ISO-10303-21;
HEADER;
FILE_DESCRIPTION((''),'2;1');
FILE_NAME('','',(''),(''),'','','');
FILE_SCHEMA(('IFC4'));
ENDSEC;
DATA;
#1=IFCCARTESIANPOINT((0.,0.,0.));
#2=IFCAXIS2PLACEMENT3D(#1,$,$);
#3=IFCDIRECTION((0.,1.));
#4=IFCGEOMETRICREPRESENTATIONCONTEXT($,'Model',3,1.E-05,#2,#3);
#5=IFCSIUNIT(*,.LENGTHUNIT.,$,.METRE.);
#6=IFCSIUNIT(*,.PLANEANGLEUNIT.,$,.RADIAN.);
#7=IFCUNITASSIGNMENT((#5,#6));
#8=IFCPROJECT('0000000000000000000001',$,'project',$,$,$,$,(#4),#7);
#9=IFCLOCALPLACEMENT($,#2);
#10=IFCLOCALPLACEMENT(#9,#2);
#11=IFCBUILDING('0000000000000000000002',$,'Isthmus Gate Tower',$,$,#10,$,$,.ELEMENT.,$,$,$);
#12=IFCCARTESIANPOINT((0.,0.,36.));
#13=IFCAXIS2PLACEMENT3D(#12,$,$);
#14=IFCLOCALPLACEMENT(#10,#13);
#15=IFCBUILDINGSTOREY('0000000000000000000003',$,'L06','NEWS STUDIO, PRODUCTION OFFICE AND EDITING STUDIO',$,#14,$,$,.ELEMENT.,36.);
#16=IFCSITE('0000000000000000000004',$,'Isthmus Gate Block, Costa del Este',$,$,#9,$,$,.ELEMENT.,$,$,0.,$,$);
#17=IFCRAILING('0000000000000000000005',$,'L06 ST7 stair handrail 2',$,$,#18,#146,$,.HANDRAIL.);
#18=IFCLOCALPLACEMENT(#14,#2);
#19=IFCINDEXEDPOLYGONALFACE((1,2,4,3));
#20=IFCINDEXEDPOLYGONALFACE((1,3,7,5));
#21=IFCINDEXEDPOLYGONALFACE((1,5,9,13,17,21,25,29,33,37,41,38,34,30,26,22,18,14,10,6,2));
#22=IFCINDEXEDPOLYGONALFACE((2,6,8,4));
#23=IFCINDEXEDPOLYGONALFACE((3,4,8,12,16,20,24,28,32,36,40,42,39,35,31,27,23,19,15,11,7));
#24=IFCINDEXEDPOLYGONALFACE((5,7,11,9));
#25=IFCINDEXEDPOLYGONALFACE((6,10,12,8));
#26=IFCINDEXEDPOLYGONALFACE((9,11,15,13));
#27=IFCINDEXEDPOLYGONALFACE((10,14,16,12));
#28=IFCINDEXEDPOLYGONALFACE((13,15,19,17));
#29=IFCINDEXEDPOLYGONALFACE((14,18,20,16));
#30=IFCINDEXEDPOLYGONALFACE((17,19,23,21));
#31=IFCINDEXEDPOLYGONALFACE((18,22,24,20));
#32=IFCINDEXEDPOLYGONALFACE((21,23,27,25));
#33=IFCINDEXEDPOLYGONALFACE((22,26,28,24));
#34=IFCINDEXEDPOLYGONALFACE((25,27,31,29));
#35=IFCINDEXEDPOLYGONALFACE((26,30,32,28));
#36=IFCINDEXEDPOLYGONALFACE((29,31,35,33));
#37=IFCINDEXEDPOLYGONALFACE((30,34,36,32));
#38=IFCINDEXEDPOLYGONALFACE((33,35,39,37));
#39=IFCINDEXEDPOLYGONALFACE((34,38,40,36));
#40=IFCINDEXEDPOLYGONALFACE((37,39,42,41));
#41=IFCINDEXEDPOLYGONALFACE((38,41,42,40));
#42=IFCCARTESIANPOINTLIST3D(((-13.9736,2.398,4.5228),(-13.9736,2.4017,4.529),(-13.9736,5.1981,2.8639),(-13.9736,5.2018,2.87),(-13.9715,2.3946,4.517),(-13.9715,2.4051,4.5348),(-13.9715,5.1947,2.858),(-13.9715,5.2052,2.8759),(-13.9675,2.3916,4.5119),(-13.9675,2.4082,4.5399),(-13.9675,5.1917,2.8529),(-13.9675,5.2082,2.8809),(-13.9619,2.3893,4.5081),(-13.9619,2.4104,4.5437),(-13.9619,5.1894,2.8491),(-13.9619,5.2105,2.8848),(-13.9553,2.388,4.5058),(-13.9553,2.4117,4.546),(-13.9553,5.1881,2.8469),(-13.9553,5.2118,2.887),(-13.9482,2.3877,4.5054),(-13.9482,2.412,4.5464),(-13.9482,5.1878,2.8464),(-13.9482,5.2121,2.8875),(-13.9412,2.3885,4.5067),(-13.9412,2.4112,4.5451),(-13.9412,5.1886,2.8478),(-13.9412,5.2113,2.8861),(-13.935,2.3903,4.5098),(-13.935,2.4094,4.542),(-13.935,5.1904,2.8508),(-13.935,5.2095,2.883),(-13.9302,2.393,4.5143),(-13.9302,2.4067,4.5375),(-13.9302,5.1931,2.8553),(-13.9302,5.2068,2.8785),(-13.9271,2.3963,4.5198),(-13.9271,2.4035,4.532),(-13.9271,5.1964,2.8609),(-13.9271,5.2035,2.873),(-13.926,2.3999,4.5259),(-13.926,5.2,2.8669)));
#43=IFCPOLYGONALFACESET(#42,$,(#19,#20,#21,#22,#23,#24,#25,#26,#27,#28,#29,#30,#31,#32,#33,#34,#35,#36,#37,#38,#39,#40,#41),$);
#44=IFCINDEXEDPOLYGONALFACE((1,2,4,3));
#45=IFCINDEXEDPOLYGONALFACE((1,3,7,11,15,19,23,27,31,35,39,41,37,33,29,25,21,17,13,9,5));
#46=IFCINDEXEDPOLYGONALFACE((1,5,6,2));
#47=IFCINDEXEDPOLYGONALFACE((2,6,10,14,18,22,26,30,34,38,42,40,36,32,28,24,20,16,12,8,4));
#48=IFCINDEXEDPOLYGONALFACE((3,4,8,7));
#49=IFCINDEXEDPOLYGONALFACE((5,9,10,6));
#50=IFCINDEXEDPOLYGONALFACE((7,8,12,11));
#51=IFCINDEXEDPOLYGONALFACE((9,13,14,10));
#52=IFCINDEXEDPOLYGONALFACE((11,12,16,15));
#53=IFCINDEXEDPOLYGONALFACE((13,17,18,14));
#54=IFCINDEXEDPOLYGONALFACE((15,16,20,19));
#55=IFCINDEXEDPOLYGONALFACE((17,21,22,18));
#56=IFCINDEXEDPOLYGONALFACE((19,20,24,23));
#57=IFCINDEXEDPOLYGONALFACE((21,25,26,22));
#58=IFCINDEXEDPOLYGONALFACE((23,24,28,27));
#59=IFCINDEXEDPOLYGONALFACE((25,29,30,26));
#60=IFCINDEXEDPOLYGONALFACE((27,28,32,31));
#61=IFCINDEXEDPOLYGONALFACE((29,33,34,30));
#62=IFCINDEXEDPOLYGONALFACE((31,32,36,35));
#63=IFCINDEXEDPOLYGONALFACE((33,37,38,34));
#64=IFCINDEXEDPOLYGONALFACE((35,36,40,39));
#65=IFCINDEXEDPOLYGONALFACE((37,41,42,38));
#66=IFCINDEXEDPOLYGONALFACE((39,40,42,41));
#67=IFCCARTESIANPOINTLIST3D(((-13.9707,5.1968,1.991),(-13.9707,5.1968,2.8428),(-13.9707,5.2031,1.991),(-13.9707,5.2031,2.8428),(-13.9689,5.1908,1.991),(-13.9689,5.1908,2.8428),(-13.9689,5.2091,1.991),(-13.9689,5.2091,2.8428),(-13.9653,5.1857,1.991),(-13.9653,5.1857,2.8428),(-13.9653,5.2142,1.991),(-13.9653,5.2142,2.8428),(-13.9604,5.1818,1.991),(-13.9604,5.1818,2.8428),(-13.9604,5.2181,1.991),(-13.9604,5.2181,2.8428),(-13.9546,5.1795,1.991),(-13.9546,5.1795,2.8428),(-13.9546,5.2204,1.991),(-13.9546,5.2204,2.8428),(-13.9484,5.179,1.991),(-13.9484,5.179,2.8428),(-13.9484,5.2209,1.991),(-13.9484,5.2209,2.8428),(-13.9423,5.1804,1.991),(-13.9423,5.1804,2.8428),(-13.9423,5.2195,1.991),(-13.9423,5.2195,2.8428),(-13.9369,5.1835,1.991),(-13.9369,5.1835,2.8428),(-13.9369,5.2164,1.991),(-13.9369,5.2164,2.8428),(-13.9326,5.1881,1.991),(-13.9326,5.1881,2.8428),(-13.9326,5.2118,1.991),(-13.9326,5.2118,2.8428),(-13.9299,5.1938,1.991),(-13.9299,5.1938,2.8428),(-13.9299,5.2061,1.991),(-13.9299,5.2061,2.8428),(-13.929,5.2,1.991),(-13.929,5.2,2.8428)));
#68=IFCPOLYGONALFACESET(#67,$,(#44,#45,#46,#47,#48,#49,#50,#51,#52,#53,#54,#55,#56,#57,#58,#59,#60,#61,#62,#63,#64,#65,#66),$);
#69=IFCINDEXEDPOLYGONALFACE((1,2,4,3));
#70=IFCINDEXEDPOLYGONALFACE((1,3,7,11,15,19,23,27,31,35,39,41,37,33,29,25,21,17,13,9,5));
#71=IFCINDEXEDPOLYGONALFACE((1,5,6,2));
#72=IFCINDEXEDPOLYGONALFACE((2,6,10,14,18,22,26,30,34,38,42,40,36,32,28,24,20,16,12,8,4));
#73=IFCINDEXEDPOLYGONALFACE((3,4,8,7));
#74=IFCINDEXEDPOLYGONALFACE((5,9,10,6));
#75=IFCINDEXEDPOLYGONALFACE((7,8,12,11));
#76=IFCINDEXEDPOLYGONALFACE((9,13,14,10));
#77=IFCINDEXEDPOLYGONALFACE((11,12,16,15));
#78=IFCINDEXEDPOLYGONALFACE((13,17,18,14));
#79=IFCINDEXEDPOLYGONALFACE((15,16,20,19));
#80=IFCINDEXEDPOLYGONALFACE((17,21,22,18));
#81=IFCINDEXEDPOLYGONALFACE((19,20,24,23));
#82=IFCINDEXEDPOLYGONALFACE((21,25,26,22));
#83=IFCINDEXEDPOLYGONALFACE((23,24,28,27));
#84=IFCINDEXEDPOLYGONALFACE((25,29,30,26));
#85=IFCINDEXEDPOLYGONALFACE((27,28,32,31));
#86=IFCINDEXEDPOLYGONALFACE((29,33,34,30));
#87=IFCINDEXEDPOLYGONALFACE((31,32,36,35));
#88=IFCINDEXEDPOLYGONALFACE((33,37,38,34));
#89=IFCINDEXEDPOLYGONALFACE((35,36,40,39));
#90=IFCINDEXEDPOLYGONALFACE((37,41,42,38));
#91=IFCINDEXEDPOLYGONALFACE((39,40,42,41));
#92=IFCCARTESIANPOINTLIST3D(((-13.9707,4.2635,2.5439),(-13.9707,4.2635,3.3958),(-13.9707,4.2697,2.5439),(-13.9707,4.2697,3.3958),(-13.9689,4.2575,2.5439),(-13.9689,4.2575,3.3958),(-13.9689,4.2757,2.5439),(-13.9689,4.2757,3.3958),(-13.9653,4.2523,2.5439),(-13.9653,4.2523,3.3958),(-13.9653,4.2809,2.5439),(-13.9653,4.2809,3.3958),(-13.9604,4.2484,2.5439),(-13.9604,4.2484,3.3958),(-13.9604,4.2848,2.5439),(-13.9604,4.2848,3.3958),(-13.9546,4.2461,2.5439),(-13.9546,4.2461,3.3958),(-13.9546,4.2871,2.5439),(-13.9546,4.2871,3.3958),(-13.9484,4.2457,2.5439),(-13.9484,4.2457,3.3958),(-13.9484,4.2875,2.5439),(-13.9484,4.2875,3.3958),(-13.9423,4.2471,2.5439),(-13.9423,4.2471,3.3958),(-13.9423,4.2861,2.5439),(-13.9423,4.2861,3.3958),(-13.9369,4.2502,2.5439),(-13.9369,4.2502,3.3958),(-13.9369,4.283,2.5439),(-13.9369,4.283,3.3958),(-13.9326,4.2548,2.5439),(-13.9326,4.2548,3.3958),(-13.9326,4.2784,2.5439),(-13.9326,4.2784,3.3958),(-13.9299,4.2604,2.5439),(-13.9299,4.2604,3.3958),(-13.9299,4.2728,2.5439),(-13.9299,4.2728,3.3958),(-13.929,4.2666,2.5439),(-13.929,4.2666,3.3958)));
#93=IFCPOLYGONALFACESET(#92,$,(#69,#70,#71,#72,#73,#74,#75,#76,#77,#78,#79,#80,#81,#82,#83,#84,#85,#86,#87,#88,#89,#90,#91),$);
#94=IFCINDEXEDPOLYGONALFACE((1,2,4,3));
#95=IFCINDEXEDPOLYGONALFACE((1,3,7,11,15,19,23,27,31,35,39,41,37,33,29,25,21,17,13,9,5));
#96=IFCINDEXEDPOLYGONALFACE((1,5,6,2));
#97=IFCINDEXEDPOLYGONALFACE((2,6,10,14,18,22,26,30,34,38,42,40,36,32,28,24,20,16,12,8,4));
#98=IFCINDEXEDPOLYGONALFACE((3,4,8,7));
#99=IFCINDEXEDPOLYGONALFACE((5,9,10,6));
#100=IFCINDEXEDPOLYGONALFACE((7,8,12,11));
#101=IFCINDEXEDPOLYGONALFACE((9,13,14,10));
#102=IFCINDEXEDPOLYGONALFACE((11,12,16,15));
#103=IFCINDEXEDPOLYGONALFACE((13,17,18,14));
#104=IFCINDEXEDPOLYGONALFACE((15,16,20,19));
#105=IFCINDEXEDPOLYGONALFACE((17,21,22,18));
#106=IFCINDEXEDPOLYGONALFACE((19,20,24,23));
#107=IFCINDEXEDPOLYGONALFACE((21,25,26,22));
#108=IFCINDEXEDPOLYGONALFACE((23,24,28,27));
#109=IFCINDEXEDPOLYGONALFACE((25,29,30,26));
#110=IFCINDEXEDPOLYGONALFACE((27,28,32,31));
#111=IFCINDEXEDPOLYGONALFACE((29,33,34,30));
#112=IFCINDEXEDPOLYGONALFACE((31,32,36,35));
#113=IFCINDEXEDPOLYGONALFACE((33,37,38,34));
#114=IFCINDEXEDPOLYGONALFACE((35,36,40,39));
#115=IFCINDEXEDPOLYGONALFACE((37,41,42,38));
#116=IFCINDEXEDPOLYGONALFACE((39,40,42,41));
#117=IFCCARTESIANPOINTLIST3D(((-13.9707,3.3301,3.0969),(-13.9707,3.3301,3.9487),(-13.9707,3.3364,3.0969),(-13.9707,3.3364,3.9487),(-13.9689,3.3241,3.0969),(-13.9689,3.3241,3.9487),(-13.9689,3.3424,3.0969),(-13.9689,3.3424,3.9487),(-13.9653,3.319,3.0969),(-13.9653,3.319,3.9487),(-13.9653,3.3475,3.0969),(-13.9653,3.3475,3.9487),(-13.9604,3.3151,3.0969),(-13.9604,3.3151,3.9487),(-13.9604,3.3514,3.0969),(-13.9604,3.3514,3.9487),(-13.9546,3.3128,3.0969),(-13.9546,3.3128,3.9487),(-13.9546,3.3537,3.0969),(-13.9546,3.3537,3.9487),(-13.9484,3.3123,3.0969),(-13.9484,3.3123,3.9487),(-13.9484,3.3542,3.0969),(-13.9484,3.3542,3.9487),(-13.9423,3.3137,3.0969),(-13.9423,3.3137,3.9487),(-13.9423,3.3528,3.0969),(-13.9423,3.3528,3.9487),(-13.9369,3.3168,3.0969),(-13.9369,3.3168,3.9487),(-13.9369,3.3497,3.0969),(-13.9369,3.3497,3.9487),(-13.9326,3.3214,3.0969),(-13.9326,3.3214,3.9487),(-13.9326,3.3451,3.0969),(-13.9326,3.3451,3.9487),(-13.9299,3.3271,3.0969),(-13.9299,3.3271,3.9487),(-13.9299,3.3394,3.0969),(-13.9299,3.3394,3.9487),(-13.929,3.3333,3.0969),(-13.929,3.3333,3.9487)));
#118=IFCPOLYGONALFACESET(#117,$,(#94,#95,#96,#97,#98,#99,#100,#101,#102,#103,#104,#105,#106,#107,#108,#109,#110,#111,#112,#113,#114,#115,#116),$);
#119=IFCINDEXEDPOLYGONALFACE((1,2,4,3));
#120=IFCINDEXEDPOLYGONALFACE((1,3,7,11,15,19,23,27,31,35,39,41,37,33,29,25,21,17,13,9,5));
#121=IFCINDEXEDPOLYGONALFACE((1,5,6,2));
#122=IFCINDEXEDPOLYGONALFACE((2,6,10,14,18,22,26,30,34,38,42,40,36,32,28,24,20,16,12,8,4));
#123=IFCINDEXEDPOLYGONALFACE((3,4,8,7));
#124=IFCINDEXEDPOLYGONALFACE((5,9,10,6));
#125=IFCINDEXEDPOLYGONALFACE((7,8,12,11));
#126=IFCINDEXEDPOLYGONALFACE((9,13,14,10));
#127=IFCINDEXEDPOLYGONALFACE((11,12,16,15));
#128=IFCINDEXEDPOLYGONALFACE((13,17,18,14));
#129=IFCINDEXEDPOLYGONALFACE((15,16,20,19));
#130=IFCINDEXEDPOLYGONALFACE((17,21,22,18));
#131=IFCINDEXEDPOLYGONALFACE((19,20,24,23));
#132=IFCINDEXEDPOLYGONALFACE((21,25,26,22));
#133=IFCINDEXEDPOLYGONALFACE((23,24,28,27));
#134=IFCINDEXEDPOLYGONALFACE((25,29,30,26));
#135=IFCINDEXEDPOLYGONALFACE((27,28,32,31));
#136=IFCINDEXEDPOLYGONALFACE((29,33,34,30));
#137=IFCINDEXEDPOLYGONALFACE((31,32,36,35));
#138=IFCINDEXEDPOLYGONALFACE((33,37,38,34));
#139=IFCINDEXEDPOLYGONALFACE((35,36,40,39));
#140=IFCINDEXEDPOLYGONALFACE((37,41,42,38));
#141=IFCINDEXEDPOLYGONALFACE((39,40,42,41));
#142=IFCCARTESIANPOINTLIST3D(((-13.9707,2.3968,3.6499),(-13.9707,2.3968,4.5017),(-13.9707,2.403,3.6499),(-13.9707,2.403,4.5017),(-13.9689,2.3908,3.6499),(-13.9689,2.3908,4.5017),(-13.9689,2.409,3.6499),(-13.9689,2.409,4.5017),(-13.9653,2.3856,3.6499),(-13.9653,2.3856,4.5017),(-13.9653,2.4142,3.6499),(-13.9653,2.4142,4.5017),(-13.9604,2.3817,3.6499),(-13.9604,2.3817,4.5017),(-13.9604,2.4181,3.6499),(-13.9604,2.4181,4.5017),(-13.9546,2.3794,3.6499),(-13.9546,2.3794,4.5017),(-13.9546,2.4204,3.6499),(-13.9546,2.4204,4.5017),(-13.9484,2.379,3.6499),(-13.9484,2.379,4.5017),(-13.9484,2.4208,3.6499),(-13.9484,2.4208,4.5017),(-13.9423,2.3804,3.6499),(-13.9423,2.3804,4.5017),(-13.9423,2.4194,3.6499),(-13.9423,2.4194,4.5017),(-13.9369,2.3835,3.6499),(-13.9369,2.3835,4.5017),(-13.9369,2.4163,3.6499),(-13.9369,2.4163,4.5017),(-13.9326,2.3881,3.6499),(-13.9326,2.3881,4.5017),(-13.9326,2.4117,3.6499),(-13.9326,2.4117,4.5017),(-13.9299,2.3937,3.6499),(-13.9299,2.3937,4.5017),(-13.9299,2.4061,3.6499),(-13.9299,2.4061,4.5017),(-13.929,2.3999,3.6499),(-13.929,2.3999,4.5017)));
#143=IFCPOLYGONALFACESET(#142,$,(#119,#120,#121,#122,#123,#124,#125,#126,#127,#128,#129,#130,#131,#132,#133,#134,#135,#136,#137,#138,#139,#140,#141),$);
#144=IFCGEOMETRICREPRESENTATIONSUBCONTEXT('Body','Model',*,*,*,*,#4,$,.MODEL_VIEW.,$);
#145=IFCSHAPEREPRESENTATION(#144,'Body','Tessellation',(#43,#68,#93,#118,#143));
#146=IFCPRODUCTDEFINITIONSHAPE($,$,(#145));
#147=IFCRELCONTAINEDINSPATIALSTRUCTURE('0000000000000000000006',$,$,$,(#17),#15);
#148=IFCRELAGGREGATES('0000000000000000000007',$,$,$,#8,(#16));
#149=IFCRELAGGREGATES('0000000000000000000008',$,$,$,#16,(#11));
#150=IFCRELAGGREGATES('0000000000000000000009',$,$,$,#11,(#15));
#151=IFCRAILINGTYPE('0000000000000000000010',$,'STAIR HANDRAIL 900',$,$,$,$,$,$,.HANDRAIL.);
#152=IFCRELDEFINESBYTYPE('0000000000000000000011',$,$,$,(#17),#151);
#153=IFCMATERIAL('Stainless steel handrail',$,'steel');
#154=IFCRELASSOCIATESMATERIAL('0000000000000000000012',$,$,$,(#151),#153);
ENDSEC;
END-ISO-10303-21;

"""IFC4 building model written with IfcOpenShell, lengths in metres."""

from ifc_helpers import new_model, si_unit, direction, frame, origin, origin_2d, place, context, subcontext, project, spatial, circle, extrude, material, type_object, element, save


model = new_model("IFC4")

# Units and contexts
model_context = context("Model", 3, precision=1e-05, world=origin(), true_north=direction((0.0, 1.0)))
body_context = subcontext(model_context, "Body", "Model", "MODEL_VIEW")
ifc_project = project(units=[si_unit("LENGTHUNIT", "METRE"), si_unit("PLANEANGLEUNIT", "RADIAN")], contexts=[model_context])

# Site, building, storey
site_placement = place(None, origin())
site = spatial("IfcSite", under=ifc_project, at=site_placement, Name="Isthmus Gate Block, Costa del Este", CompositionType="ELEMENT", RefElevation=0.0)
building_placement = place(site_placement, origin())
building = spatial("IfcBuilding", under=site, at=building_placement, Name="Isthmus Gate Tower", CompositionType="ELEMENT")
storey_placement = place(building_placement, frame((0.0, 0.0, 36.0)))
storey = spatial("IfcBuildingStorey", under=building, at=storey_placement, Name="L06", Description="NEWS STUDIO, PRODUCTION OFFICE AND EDITING STUDIO", CompositionType="ELEMENT", Elevation=36.0)

# Railing
ifc_material_1 = material(Name="Stainless steel handrail", Category="steel")
railing_type_1 = type_object("IfcRailingType", Name="STAIR HANDRAIL 900", PredefinedType="HANDRAIL", material=ifc_material_1)
railing_1_placement = place(storey_placement, frame((-13.95, 5.2, 1.991)))
element("IfcRailing", 1, at=railing_1_placement, inside=storey, type_object=railing_type_1, Name="L06 ST7 stair handrail 2", PredefinedType="HANDRAIL", context=body_context, shape_type="SweptSolid", body=[
    extrude(circle(Radius=0.0239, at=origin_2d()), frame((0.0, 0.0, 0.876), z_axis=(0.0, -0.860339, 0.509722), x_axis=(1.0, 0.0, 0.0)), (0.0, 0.0, 1.0), 3.2546),
    extrude(circle(Radius=0.021, at=origin_2d()), origin(), (0.0, 0.0, 1.0), 0.8518),
    extrude(circle(Radius=0.021, at=origin_2d()), frame((0.0, -0.9333, 0.553)), (0.0, 0.0, 1.0), 0.8518),
    extrude(circle(Radius=0.021, at=origin_2d()), frame((0.0, -1.8667, 1.106)), (0.0, 0.0, 1.0), 0.8518),
    extrude(circle(Radius=0.021, at=origin_2d()), frame((0.0, -2.8, 1.6589)), (0.0, 0.0, 1.0), 0.8518),
])

save(model, "model.ifc")
